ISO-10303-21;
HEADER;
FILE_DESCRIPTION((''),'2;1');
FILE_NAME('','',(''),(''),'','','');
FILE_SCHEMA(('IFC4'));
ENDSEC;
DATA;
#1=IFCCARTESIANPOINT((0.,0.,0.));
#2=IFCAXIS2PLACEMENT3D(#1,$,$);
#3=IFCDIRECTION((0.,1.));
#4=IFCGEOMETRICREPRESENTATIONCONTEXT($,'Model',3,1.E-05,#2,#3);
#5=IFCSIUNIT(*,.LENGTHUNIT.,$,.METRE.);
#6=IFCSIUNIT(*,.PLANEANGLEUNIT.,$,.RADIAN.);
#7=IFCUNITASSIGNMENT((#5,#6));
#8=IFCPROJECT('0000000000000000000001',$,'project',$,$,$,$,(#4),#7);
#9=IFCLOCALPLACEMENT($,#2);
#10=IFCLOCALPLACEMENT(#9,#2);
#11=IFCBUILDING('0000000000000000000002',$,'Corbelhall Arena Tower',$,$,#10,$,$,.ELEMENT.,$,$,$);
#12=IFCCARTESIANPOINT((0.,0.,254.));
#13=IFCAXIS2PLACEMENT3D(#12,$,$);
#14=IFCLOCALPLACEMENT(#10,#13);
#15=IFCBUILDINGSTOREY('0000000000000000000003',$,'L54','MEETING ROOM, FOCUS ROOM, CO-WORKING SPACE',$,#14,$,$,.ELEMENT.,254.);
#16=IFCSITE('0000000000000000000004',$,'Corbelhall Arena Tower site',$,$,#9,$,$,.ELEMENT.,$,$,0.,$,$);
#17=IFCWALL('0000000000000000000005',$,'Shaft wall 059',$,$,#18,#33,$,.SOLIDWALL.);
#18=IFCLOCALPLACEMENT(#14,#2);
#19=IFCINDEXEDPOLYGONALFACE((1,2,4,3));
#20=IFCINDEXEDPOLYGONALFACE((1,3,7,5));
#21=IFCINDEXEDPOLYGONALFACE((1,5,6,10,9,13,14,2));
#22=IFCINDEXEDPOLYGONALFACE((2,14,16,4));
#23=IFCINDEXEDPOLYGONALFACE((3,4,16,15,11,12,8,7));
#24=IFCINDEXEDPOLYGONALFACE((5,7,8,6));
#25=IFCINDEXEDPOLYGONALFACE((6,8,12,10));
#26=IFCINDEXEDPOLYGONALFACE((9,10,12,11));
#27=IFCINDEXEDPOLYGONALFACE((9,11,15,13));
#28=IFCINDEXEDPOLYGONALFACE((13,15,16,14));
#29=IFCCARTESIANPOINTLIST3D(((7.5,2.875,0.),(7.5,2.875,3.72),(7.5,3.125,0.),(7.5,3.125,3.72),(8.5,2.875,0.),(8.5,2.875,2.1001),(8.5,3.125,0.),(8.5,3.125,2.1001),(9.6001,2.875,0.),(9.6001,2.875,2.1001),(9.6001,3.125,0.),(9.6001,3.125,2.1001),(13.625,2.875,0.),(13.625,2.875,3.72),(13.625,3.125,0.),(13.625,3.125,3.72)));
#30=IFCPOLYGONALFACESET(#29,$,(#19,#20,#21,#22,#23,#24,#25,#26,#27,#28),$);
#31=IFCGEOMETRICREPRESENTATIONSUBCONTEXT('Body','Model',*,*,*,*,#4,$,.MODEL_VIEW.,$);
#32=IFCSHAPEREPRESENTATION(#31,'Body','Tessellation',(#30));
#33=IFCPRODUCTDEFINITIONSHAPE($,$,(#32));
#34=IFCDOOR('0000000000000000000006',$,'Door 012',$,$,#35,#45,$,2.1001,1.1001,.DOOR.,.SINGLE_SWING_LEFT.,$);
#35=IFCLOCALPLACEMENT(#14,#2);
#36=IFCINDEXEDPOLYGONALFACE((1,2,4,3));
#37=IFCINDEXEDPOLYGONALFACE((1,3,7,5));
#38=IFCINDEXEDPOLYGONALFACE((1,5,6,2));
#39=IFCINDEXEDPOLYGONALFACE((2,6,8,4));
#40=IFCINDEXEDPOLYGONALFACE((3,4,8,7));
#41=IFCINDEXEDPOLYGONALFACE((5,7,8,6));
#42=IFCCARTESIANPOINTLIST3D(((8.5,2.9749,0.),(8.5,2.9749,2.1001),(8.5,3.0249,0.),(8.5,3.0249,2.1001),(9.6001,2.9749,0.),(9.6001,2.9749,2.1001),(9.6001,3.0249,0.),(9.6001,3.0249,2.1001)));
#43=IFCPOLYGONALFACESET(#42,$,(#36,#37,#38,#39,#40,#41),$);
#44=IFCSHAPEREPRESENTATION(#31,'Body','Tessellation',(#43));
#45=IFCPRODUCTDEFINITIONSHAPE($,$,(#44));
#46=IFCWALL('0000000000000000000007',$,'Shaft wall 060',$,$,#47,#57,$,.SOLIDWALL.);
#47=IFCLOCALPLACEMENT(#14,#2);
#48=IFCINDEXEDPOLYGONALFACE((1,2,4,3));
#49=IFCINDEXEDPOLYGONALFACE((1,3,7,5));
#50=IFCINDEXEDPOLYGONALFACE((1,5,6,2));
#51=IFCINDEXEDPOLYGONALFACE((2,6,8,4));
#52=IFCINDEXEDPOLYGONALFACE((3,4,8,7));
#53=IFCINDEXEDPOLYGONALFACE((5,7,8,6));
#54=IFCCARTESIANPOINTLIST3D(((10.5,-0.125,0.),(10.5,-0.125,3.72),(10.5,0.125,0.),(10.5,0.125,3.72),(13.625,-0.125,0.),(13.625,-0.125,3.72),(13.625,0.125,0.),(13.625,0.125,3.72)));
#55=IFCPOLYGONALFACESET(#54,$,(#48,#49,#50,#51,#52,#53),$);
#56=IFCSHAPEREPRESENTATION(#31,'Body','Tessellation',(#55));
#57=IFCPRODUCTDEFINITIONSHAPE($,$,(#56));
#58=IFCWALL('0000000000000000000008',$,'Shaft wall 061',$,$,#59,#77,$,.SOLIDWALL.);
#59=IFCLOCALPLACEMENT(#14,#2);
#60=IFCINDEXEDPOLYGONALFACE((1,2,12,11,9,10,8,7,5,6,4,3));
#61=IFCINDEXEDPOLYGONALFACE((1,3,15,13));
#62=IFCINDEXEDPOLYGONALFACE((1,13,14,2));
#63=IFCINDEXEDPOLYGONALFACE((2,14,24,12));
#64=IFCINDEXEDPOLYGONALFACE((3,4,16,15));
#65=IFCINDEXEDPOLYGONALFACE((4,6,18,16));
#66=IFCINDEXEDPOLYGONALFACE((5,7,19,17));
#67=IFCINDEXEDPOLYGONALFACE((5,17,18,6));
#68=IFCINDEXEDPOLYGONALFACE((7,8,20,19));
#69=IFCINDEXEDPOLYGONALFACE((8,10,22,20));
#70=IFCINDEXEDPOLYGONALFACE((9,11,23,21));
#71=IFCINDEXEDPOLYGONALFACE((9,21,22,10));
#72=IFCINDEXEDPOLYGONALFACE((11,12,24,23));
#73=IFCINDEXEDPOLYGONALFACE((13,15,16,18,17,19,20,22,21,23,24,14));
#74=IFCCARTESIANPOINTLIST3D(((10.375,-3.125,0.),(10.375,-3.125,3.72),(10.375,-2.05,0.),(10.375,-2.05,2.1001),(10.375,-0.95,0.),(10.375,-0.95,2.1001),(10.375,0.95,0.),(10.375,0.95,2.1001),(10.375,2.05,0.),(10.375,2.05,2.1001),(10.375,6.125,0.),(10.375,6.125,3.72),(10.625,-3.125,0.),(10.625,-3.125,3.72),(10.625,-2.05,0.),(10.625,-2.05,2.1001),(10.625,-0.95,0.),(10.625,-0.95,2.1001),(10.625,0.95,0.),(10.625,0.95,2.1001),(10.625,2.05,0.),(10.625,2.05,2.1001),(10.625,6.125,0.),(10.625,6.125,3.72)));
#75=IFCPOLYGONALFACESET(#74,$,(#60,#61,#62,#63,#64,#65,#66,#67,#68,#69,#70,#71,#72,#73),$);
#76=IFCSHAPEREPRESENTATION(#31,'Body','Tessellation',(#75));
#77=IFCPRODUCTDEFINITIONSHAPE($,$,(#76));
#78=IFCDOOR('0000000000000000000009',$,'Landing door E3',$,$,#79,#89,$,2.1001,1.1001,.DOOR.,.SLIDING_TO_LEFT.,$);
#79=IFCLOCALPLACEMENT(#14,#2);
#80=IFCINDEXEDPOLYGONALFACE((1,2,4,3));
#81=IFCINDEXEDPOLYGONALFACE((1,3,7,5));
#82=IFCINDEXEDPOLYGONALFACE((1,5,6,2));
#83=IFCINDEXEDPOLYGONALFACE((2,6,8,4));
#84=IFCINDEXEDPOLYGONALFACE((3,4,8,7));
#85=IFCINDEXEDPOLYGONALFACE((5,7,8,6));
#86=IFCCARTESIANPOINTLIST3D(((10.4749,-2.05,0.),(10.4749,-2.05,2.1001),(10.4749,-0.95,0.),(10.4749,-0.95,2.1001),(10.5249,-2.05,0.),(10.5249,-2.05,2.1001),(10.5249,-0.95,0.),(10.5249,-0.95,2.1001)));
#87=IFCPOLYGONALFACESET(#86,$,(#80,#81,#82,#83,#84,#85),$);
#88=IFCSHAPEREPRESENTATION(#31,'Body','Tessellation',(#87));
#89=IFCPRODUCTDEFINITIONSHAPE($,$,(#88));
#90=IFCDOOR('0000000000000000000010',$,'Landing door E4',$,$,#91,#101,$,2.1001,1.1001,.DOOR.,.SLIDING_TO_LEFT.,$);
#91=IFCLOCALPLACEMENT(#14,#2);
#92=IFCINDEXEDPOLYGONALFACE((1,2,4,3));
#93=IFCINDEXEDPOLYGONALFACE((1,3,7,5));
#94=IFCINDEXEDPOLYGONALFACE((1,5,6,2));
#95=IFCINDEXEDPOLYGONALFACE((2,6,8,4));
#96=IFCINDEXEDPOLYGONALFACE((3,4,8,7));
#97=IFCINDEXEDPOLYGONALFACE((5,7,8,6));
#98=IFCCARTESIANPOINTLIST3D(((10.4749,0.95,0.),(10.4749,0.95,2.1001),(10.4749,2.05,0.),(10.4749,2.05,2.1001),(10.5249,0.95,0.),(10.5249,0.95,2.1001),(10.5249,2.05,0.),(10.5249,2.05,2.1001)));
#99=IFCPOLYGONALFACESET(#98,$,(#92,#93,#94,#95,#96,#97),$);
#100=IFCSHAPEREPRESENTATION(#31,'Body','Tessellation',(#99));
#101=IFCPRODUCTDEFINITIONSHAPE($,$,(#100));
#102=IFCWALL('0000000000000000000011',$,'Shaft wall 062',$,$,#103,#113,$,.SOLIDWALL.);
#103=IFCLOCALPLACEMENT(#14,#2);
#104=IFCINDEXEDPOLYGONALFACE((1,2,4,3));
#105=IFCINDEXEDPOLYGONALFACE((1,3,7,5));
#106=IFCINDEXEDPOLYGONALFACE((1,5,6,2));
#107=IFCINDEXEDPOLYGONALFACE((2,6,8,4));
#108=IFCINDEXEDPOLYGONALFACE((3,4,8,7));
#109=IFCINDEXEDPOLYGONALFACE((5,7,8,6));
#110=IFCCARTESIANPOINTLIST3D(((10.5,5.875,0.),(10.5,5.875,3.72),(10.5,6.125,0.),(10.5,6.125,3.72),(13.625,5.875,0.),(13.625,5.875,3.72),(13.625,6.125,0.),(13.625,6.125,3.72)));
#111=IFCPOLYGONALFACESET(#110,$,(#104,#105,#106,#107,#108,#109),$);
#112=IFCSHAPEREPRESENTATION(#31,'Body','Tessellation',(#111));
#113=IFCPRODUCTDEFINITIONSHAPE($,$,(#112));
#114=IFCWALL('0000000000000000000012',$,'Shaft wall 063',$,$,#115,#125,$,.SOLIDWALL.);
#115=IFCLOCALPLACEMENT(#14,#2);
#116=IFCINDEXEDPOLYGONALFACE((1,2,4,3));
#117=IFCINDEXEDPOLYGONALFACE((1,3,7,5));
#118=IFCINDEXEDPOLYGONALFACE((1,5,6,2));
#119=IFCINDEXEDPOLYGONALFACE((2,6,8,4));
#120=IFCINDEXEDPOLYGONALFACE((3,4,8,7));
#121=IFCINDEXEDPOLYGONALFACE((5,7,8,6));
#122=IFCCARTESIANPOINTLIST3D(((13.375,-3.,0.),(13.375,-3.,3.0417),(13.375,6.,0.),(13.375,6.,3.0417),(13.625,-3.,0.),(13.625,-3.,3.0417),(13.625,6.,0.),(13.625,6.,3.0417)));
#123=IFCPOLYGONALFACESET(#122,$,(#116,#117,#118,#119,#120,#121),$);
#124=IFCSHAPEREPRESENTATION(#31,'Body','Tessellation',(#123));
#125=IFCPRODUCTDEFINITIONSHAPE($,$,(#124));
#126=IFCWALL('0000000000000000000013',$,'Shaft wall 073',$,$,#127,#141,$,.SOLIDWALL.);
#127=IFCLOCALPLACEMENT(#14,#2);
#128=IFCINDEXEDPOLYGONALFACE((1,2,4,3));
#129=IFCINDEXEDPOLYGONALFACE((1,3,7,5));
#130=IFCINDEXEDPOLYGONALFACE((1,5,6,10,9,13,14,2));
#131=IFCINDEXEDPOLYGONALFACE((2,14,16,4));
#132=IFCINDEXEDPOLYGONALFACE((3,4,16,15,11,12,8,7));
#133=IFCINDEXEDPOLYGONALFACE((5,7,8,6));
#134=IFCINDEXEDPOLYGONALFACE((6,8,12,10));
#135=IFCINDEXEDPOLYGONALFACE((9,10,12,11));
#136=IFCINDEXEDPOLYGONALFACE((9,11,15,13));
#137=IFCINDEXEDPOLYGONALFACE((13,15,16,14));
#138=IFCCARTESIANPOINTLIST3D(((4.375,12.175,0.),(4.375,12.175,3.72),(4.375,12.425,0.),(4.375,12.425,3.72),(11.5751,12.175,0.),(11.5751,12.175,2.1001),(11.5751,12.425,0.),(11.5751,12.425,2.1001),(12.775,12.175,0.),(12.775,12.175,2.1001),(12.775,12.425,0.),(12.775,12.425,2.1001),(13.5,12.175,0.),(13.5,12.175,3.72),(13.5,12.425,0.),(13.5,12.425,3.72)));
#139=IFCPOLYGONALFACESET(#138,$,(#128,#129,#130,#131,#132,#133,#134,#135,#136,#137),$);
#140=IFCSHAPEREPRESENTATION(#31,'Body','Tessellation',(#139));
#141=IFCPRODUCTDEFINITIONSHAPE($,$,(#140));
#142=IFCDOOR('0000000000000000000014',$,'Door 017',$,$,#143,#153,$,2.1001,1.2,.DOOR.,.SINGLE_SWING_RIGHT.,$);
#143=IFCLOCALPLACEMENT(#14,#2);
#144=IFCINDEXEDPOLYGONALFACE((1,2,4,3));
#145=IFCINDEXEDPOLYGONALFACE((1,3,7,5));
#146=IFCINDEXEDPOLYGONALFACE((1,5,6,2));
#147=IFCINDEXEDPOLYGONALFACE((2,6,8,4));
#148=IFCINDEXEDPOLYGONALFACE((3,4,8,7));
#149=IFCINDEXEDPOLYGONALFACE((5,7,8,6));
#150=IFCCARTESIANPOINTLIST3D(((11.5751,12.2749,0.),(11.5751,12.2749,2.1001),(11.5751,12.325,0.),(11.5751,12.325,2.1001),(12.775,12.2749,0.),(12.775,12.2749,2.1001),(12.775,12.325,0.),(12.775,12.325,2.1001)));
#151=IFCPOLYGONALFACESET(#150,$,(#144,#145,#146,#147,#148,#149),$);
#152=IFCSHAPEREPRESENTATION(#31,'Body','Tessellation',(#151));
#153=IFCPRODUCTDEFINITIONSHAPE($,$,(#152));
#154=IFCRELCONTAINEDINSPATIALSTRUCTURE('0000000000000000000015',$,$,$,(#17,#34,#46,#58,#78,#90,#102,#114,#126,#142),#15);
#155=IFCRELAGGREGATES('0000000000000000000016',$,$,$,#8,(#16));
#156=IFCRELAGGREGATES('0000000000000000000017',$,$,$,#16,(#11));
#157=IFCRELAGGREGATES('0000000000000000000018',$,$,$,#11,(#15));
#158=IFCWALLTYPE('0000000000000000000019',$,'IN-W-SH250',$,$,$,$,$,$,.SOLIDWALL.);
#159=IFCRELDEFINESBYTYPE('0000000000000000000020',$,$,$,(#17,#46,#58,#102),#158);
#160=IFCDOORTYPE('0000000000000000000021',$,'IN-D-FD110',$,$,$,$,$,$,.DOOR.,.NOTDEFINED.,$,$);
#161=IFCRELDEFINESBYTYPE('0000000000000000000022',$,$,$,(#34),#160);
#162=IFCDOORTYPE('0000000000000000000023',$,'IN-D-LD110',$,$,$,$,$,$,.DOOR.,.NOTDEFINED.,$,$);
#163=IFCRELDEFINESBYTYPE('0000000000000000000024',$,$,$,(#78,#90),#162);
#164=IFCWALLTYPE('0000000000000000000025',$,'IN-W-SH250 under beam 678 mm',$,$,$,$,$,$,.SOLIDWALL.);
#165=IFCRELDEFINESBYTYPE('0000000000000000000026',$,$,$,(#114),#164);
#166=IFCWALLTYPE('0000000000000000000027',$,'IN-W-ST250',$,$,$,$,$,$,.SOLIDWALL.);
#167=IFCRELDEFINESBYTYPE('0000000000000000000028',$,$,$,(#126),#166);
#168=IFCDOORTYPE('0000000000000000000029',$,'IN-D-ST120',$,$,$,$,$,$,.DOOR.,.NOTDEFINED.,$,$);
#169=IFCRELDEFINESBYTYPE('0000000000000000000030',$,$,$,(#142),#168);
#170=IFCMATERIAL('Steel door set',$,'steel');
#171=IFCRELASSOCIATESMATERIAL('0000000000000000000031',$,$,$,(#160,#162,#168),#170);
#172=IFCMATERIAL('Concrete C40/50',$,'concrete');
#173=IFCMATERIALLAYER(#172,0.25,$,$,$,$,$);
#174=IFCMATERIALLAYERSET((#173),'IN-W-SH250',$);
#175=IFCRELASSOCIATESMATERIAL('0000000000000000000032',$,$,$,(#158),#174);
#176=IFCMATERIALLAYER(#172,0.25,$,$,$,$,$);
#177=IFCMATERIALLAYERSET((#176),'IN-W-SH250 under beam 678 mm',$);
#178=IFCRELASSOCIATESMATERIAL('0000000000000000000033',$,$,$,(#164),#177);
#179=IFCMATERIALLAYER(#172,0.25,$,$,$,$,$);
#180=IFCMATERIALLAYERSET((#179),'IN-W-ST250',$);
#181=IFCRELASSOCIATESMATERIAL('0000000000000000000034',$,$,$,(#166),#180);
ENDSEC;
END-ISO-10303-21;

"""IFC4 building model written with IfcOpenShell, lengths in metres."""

from ifc_helpers import new_model, si_unit, direction, frame, frame_2d, origin, place, context, subcontext, project, spatial, rectangle, extrude, material, layer, layer_set, type_object, element, fill, save


model = new_model("IFC4")

# Units and contexts
model_context = context("Model", 3, precision=1e-05, world=origin(), true_north=direction((0.0, 1.0)))
body_context = subcontext(model_context, "Body", "Model", "MODEL_VIEW")
ifc_project = project(units=[si_unit("LENGTHUNIT", "METRE"), si_unit("PLANEANGLEUNIT", "RADIAN")], contexts=[model_context])

# Site, building, storey
site_placement = place(None, origin())
site = spatial("IfcSite", under=ifc_project, at=site_placement, Name="Corbelhall Arena Tower site", CompositionType="ELEMENT", RefElevation=0.0)
building_placement = place(site_placement, origin())
building = spatial("IfcBuilding", under=site, at=building_placement, Name="Corbelhall Arena Tower", CompositionType="ELEMENT")
storey_placement = place(building_placement, frame((0.0, 0.0, 254.0)))
storey = spatial("IfcBuildingStorey", under=building, at=storey_placement, Name="L54", Description="MEETING ROOM, FOCUS ROOM, CO-WORKING SPACE", CompositionType="ELEMENT", Elevation=254.0)

# Shared definitions
ifc_material_1 = material(Name="Steel door set", Category="steel")
door_type_1 = type_object("IfcDoorType", Name="IN-D-FD110", OperationType="NOTDEFINED", PredefinedType="DOOR", material=ifc_material_1)

# Shared definitions
ifc_material_2 = material(Name="Concrete C40/50", Category="concrete")
ifc_layer_1 = layer(ifc_material_2, 0.25)
ifc_layer_set_1 = layer_set([ifc_layer_1], Name="IN-W-SH250")
wall_type_1 = type_object("IfcWallType", Name="IN-W-SH250", PredefinedType="SOLIDWALL", material=ifc_layer_set_1)

# Wall, opening, door
wall_1_placement = place(storey_placement, frame((7.5, 3.0, 0.0), z_axis=(0.0, 0.0, 1.0), x_axis=(1.0, 0.0, 0.0)))
wall_1 = element("IfcWall", 1, at=wall_1_placement, inside=storey, type_object=wall_type_1, Name="Shaft wall 059", PredefinedType="SOLIDWALL", context=body_context, shape_type="SweptSolid", body=[
    extrude(rectangle(XDim=6.125, YDim=0.25, at=frame_2d((3.0625, 0.0))), origin(), (0.0, 0.0, 1.0), 3.72),
])
opening_1_placement = place(wall_1_placement, frame((1.0, 0.0, 0.0)))
opening_1 = element("IfcOpeningElement", 2, at=opening_1_placement, cuts=wall_1, PredefinedType="OPENING", context=body_context, shape_type="SweptSolid", body=[
    extrude(rectangle(XDim=1.1001, YDim=2.1001, at=frame_2d((0.55, 1.05))), frame((0.0, 0.125, 0.0), z_axis=(0.0, -1.0, 0.0), x_axis=(1.0, 0.0, 0.0)), (0.0, 0.0, 1.0), 0.25),
])
door_1_placement = place(opening_1_placement, origin())
door_1 = element("IfcDoor", 3, at=door_1_placement, inside=storey, type_object=door_type_1, Name="Door 012", OperationType="SINGLE_SWING_LEFT", OverallHeight=2.1001, OverallWidth=1.1001, PredefinedType="DOOR", context=body_context, shape_type="SweptSolid", body=[
    extrude(rectangle(XDim=1.1001, YDim=2.1001, at=frame_2d((0.55, 1.05))), frame((0.0, 0.0249, 0.0), z_axis=(0.0, -1.0, 0.0), x_axis=(1.0, 0.0, 0.0)), (0.0, 0.0, 1.0), 0.05),
])
fill(opening_1, door_1)

# Wall
wall_2_placement = place(storey_placement, frame((10.5, 0.0, 0.0), z_axis=(0.0, 0.0, 1.0), x_axis=(1.0, 0.0, 0.0)))
element("IfcWall", 4, at=wall_2_placement, inside=storey, type_object=wall_type_1, Name="Shaft wall 060", PredefinedType="SOLIDWALL", context=body_context, shape_type="SweptSolid", body=[
    extrude(rectangle(XDim=3.125, YDim=0.25, at=frame_2d((1.5625, 0.0))), origin(), (0.0, 0.0, 1.0), 3.72),
])

# Wall, openings, doors
wall_3_placement = place(storey_placement, frame((10.5, 6.125, 0.0), z_axis=(0.0, 0.0, 1.0), x_axis=(0.0, -1.0, 0.0)))
wall_3 = element("IfcWall", 5, at=wall_3_placement, inside=storey, type_object=wall_type_1, Name="Shaft wall 061", PredefinedType="SOLIDWALL", context=body_context, shape_type="SweptSolid", body=[
    extrude(rectangle(XDim=9.25, YDim=0.25, at=frame_2d((4.625, 0.0))), origin(), (0.0, 0.0, 1.0), 3.72),
])
opening_2_placement = place(wall_3_placement, frame((7.075, 0.0, 0.0)))
opening_2 = element("IfcOpeningElement", 6, at=opening_2_placement, cuts=wall_3, PredefinedType="OPENING", context=body_context, shape_type="SweptSolid", body=[
    extrude(rectangle(XDim=1.1001, YDim=2.1001, at=frame_2d((0.55, 1.05))), frame((0.0, 0.125, 0.0), z_axis=(0.0, -1.0, 0.0), x_axis=(1.0, 0.0, 0.0)), (0.0, 0.0, 1.0), 0.25),
])
opening_3_placement = place(wall_3_placement, frame((4.075, 0.0, 0.0)))
opening_3 = element("IfcOpeningElement", 7, at=opening_3_placement, cuts=wall_3, PredefinedType="OPENING", context=body_context, shape_type="SweptSolid", body=[
    extrude(rectangle(XDim=1.1001, YDim=2.1001, at=frame_2d((0.55, 1.05))), frame((0.0, 0.125, 0.0), z_axis=(0.0, -1.0, 0.0), x_axis=(1.0, 0.0, 0.0)), (0.0, 0.0, 1.0), 0.25),
])
door_type_2 = type_object("IfcDoorType", Name="IN-D-LD110", OperationType="NOTDEFINED", PredefinedType="DOOR", material=ifc_material_1)
door_2_placement = place(opening_2_placement, origin())
door_2 = element("IfcDoor", 8, at=door_2_placement, inside=storey, type_object=door_type_2, Name="Landing door E3", OperationType="SLIDING_TO_LEFT", OverallHeight=2.1001, OverallWidth=1.1001, PredefinedType="DOOR", context=body_context, shape_type="SweptSolid", body=[
    extrude(rectangle(XDim=1.1001, YDim=2.1001, at=frame_2d((0.55, 1.05))), frame((0.0, 0.0249, 0.0), z_axis=(0.0, -1.0, 0.0), x_axis=(1.0, 0.0, 0.0)), (0.0, 0.0, 1.0), 0.05),
])
fill(opening_2, door_2)
door_3_placement = place(opening_3_placement, origin())
door_3 = element("IfcDoor", 9, at=door_3_placement, inside=storey, type_object=door_type_2, Name="Landing door E4", OperationType="SLIDING_TO_LEFT", OverallHeight=2.1001, OverallWidth=1.1001, PredefinedType="DOOR", context=body_context, shape_type="SweptSolid", body=[
    extrude(rectangle(XDim=1.1001, YDim=2.1001, at=frame_2d((0.55, 1.05))), frame((0.0, 0.0249, 0.0), z_axis=(0.0, -1.0, 0.0), x_axis=(1.0, 0.0, 0.0)), (0.0, 0.0, 1.0), 0.05),
])
fill(opening_3, door_3)

# Walls
wall_4_placement = place(storey_placement, frame((10.5, 6.0, 0.0), z_axis=(0.0, 0.0, 1.0), x_axis=(1.0, 0.0, 0.0)))
element("IfcWall", 10, at=wall_4_placement, inside=storey, type_object=wall_type_1, Name="Shaft wall 062", PredefinedType="SOLIDWALL", context=body_context, shape_type="SweptSolid", body=[
    extrude(rectangle(XDim=3.125, YDim=0.25, at=frame_2d((1.5625, 0.0))), origin(), (0.0, 0.0, 1.0), 3.72),
])
ifc_layer_2 = layer(ifc_material_2, 0.25)
ifc_layer_set_2 = layer_set([ifc_layer_2], Name="IN-W-SH250 under beam 678 mm")
wall_type_2 = type_object("IfcWallType", Name="IN-W-SH250 under beam 678 mm", PredefinedType="SOLIDWALL", material=ifc_layer_set_2)
wall_5_placement = place(storey_placement, frame((13.5, 6.0, 0.0), z_axis=(0.0, 0.0, 1.0), x_axis=(0.0, -1.0, 0.0)))
element("IfcWall", 11, at=wall_5_placement, inside=storey, type_object=wall_type_2, Name="Shaft wall 063", PredefinedType="SOLIDWALL", context=body_context, shape_type="SweptSolid", body=[
    extrude(rectangle(XDim=9.0, YDim=0.25, at=frame_2d((4.5, 0.0))), origin(), (0.0, 0.0, 1.0), 3.0417),
])

# Wall, opening, door
ifc_layer_3 = layer(ifc_material_2, 0.25)
ifc_layer_set_3 = layer_set([ifc_layer_3], Name="IN-W-ST250")
wall_type_3 = type_object("IfcWallType", Name="IN-W-ST250", PredefinedType="SOLIDWALL", material=ifc_layer_set_3)
wall_6_placement = place(storey_placement, frame((4.375, 12.3, 0.0), z_axis=(0.0, 0.0, 1.0), x_axis=(1.0, 0.0, 0.0)))
wall_6 = element("IfcWall", 12, at=wall_6_placement, inside=storey, type_object=wall_type_3, Name="Shaft wall 073", PredefinedType="SOLIDWALL", context=body_context, shape_type="SweptSolid", body=[
    extrude(rectangle(XDim=9.125, YDim=0.25, at=frame_2d((4.5625, 0.0))), origin(), (0.0, 0.0, 1.0), 3.72),
])
opening_4_placement = place(wall_6_placement, frame((7.2, 0.0, 0.0)))
opening_4 = element("IfcOpeningElement", 13, at=opening_4_placement, cuts=wall_6, PredefinedType="OPENING", context=body_context, shape_type="SweptSolid", body=[
    extrude(rectangle(XDim=1.2, YDim=2.1001, at=frame_2d((0.6001, 1.05))), frame((0.0, 0.125, 0.0), z_axis=(0.0, -1.0, 0.0), x_axis=(1.0, 0.0, 0.0)), (0.0, 0.0, 1.0), 0.25),
])
door_type_3 = type_object("IfcDoorType", Name="IN-D-ST120", OperationType="NOTDEFINED", PredefinedType="DOOR", material=ifc_material_1)
door_4_placement = place(opening_4_placement, origin())
door_4 = element("IfcDoor", 14, at=door_4_placement, inside=storey, type_object=door_type_3, Name="Door 017", OperationType="SINGLE_SWING_RIGHT", OverallHeight=2.1001, OverallWidth=1.2, PredefinedType="DOOR", context=body_context, shape_type="SweptSolid", body=[
    extrude(rectangle(XDim=1.2, YDim=2.1001, at=frame_2d((0.6001, 1.05))), frame((0.0, 0.0249, 0.0), z_axis=(0.0, -1.0, 0.0), x_axis=(1.0, 0.0, 0.0)), (0.0, 0.0, 1.0), 0.05),
])
fill(opening_4, door_4)

save(model, "model.ifc")
